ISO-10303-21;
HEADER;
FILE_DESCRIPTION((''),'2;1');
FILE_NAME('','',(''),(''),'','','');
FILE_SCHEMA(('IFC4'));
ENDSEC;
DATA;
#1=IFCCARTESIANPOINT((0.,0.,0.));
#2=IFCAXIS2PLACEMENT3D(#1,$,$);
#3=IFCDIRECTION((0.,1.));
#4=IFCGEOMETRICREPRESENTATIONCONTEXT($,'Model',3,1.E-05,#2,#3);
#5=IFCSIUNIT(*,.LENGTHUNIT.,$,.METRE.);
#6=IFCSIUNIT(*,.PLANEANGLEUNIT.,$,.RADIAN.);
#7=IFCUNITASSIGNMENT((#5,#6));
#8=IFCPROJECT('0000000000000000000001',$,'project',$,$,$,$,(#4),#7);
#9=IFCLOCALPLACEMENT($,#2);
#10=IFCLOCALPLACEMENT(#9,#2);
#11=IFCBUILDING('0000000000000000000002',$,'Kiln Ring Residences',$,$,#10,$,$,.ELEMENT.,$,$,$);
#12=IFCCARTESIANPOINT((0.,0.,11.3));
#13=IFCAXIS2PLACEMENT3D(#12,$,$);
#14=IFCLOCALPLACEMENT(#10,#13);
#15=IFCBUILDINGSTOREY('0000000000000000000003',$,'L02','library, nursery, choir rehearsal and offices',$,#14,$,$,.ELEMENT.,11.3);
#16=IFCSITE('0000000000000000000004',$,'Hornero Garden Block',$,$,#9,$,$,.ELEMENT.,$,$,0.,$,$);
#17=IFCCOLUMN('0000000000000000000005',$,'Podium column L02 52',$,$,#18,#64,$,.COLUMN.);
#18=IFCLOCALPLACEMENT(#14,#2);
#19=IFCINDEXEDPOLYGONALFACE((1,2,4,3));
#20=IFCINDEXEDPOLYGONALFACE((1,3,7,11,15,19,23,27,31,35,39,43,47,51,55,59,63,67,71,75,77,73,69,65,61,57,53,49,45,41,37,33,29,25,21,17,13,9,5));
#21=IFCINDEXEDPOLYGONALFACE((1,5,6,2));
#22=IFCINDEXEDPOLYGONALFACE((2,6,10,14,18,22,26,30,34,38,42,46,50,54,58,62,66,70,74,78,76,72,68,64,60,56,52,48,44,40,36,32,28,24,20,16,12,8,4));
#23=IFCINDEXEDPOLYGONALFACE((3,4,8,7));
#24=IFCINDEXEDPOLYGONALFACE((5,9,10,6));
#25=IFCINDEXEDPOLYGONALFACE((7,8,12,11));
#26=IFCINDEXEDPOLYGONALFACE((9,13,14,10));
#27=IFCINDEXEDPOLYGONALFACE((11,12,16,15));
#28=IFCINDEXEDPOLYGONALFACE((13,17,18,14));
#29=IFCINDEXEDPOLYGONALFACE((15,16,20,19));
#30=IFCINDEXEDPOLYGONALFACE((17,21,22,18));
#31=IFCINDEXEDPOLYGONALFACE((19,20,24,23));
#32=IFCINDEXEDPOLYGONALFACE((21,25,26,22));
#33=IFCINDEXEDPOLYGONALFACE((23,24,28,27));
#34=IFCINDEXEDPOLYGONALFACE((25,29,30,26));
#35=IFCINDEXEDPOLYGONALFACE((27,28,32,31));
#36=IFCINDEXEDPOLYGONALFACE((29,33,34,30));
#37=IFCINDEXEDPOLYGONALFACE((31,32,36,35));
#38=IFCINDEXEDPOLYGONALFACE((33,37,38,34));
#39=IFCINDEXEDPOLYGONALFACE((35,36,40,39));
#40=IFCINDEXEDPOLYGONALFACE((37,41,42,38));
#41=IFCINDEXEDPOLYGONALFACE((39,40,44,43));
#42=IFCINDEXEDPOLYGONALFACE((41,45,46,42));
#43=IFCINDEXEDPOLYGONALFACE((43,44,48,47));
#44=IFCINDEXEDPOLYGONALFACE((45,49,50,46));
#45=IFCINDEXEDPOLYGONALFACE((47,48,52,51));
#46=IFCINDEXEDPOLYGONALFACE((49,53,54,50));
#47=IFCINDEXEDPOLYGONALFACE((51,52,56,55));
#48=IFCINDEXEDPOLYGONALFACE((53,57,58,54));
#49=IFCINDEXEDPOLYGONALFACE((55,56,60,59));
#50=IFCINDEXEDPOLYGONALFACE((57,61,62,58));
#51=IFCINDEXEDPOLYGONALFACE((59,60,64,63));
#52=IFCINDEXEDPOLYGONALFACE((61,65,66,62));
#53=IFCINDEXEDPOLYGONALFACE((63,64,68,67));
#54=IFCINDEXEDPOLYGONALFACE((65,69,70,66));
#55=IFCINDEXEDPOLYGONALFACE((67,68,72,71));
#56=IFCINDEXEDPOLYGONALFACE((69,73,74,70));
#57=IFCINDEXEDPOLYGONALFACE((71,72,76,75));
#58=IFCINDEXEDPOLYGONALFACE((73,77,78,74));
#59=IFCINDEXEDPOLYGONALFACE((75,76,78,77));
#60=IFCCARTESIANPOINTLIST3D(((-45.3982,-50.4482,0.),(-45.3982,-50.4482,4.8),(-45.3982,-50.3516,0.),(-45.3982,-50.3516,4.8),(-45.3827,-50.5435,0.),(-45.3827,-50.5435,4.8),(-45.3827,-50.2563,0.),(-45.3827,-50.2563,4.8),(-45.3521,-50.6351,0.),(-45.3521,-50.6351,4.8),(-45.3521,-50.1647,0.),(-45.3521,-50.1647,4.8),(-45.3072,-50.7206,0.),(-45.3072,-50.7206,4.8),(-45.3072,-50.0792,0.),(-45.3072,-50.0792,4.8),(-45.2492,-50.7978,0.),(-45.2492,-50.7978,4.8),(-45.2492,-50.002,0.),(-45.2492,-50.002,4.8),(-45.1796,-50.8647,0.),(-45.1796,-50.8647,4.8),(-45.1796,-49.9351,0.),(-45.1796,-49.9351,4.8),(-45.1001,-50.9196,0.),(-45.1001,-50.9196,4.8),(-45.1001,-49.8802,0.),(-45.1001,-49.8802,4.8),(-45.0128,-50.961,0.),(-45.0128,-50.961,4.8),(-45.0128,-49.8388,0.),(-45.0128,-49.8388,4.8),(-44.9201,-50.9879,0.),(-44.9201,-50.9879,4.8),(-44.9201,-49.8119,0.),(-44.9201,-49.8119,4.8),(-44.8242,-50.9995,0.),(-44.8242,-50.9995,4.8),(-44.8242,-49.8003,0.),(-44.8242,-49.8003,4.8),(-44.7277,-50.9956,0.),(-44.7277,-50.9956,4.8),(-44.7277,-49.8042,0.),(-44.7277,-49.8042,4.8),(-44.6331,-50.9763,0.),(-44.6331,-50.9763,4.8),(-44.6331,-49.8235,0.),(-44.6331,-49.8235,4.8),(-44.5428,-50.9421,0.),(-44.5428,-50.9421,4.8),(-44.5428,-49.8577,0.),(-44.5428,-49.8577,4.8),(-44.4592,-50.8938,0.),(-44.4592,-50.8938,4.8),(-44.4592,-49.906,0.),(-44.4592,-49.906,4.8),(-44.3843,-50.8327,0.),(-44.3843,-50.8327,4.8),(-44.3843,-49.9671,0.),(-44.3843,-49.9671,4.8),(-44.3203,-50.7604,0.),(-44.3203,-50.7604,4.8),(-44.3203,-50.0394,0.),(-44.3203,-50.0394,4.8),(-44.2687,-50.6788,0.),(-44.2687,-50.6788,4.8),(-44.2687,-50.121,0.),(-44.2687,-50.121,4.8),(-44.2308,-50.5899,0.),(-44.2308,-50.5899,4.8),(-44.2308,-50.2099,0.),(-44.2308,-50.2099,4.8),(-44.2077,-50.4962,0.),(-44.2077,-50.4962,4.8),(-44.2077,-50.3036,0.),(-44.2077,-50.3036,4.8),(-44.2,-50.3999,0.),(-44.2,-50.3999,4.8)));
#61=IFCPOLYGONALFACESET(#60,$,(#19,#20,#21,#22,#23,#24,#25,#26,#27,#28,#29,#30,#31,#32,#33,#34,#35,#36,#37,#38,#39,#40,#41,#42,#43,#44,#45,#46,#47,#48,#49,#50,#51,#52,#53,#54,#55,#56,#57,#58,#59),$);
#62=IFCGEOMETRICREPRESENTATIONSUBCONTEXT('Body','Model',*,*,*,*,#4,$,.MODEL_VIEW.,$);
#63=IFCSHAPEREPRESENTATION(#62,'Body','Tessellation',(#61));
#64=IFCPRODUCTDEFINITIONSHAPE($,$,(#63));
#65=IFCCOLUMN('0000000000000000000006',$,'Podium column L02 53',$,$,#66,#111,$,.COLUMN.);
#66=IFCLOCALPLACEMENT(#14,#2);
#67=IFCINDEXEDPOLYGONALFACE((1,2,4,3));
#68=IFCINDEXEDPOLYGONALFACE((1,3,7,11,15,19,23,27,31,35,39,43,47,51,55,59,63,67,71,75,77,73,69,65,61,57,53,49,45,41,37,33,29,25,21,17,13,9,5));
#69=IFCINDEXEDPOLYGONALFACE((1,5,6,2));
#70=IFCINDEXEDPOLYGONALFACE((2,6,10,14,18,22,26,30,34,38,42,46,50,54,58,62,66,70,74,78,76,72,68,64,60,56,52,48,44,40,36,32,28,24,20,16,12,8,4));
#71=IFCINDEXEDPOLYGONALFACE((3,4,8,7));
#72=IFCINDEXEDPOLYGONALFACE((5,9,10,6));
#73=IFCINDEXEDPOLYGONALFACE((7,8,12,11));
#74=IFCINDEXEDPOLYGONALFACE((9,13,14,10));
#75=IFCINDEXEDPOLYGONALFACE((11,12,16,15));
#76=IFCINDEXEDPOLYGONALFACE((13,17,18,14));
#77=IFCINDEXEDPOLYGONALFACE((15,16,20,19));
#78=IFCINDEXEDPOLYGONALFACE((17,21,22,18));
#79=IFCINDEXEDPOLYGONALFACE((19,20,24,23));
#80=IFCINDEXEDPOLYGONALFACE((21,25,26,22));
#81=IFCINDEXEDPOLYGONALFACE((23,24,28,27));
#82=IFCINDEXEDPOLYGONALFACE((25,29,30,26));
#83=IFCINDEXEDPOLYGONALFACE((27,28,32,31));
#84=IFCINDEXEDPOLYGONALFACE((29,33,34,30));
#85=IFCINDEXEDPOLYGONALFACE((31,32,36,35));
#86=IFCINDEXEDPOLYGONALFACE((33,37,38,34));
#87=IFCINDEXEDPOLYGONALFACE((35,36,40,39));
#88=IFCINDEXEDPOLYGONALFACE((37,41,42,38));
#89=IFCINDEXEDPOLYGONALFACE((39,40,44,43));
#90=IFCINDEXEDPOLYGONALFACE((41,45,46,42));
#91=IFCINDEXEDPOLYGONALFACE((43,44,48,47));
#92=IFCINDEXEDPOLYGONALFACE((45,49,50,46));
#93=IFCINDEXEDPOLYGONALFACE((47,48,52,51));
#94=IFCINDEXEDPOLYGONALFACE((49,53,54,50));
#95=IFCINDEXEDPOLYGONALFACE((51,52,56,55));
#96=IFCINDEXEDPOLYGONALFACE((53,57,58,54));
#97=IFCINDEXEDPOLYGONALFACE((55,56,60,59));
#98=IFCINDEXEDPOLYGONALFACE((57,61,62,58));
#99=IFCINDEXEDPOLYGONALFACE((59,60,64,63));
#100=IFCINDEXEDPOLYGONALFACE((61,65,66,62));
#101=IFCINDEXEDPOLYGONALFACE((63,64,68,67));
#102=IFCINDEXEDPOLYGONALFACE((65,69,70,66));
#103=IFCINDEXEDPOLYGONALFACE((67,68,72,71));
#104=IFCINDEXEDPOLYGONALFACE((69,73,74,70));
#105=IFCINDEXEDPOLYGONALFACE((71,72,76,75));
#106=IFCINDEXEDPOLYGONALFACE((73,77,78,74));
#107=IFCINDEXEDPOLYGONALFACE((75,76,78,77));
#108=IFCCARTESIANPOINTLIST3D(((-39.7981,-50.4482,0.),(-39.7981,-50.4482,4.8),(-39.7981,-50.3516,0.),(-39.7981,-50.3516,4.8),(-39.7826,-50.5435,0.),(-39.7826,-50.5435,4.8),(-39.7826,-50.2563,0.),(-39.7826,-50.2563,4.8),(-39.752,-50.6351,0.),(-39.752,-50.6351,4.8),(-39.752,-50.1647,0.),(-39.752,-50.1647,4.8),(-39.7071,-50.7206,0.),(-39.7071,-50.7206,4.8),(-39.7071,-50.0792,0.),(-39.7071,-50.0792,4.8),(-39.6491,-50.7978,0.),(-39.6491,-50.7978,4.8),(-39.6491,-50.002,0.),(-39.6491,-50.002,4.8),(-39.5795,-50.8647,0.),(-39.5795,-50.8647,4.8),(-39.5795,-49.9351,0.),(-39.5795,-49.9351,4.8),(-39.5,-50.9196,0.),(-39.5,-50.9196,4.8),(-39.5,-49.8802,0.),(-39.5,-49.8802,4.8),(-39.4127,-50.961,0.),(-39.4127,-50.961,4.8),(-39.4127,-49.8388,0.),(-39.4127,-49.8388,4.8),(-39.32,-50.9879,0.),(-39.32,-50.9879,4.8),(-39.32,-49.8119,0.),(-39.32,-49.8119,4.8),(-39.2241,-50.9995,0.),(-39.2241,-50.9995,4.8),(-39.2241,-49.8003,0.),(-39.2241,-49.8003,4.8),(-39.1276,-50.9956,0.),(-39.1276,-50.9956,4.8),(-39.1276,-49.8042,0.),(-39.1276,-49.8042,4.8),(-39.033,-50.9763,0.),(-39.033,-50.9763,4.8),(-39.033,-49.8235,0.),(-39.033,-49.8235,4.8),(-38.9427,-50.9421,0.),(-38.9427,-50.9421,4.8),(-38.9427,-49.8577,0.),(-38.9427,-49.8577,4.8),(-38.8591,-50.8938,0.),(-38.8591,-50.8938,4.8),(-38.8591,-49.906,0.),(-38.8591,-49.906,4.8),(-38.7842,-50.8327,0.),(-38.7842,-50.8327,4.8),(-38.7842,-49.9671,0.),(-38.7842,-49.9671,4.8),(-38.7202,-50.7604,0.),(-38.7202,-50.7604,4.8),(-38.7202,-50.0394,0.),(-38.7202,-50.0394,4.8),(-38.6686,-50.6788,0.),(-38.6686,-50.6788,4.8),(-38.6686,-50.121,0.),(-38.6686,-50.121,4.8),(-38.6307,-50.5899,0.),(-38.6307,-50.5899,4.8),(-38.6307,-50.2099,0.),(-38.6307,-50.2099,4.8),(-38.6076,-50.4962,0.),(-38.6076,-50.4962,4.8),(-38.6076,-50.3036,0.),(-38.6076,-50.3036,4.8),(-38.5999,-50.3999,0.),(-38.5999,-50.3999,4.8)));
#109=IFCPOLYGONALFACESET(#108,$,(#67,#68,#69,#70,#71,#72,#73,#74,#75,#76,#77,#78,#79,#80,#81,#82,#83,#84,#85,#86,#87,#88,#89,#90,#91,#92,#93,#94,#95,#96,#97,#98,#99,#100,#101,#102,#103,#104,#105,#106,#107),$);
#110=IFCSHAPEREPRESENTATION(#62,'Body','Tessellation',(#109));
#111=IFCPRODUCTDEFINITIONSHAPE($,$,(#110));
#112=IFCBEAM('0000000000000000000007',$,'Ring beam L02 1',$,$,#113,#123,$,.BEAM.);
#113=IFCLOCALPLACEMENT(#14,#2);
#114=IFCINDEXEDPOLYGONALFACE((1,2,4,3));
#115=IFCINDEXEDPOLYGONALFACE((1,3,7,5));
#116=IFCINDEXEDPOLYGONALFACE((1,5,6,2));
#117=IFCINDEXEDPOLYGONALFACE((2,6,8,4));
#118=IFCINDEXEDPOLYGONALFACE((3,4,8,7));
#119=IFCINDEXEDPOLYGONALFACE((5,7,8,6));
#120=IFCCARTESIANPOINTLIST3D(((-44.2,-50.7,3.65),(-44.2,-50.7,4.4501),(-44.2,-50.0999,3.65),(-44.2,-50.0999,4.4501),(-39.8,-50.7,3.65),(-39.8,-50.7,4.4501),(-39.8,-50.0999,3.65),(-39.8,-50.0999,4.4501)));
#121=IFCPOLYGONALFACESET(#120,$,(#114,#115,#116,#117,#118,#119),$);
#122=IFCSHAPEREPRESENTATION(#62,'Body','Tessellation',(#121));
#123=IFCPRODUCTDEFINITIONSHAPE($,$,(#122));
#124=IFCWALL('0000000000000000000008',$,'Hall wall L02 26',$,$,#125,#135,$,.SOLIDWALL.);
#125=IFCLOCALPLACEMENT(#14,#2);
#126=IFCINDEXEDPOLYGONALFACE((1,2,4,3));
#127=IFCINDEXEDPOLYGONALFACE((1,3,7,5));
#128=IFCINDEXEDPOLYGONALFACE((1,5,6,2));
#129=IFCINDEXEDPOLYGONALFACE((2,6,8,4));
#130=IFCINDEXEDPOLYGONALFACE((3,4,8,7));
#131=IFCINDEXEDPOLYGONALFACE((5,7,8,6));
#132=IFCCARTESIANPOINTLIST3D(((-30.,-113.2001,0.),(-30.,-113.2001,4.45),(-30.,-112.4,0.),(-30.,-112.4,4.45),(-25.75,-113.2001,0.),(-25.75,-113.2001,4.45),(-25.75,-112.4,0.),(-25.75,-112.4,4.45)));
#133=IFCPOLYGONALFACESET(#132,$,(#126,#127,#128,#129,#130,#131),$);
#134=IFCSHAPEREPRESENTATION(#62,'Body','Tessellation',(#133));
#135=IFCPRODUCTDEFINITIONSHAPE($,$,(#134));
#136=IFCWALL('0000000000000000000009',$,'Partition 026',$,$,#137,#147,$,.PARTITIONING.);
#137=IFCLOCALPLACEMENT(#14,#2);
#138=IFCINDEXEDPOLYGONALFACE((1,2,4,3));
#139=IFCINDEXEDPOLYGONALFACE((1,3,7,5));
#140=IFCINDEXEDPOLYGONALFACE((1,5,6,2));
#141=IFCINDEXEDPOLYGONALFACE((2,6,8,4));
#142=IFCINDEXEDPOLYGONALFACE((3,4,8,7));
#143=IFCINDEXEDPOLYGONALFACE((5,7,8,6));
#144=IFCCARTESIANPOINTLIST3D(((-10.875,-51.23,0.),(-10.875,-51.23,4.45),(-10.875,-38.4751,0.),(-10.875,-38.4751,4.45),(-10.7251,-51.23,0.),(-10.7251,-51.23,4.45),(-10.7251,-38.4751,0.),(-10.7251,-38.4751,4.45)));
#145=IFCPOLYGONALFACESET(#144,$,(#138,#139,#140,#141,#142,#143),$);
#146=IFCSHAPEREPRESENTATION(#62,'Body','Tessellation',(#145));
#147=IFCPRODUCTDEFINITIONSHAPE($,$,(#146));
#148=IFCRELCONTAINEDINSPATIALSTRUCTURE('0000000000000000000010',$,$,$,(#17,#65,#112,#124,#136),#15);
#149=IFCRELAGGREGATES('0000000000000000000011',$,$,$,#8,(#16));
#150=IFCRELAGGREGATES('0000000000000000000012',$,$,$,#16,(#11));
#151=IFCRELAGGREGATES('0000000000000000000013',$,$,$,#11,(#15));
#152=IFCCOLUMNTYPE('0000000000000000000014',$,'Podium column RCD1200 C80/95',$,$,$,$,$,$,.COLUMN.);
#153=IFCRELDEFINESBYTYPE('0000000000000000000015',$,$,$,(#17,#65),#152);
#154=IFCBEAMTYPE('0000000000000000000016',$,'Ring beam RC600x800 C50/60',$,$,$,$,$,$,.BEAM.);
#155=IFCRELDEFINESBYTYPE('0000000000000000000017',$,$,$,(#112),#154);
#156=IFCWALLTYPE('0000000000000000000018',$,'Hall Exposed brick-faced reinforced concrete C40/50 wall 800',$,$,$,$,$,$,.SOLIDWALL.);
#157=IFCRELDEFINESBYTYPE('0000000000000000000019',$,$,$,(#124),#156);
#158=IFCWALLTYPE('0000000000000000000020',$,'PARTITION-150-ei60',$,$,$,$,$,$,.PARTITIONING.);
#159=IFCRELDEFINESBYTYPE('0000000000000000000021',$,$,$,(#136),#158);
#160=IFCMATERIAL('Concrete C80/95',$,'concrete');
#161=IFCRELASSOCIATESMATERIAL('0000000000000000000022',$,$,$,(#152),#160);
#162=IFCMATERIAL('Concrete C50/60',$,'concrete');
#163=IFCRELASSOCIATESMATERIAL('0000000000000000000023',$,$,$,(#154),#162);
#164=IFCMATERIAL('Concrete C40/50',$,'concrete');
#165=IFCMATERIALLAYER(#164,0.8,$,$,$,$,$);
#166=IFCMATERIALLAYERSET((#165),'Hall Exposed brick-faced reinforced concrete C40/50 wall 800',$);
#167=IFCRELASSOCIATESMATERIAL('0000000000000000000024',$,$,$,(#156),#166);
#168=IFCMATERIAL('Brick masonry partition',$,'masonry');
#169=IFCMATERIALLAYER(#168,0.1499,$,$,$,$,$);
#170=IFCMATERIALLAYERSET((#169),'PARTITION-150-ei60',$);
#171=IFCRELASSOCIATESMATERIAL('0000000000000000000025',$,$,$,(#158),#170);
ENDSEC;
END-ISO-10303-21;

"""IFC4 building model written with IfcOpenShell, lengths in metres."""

from ifc_helpers import new_model, si_unit, direction, frame, frame_2d, origin, origin_2d, place, context, subcontext, project, spatial, rectangle, circle, extrude, material, layer, layer_set, material_profile, profile_set, type_object, element, save


model = new_model("IFC4")

# Units and contexts
model_context = context("Model", 3, precision=1e-05, world=origin(), true_north=direction((0.0, 1.0)))
body_context = subcontext(model_context, "Body", "Model", "MODEL_VIEW")
ifc_project = project(units=[si_unit("LENGTHUNIT", "METRE"), si_unit("PLANEANGLEUNIT", "RADIAN")], contexts=[model_context])

# Site, building, storey
site_placement = place(None, origin())
site = spatial("IfcSite", under=ifc_project, at=site_placement, Name="Hornero Garden Block", CompositionType="ELEMENT", RefElevation=0.0)
building_placement = place(site_placement, origin())
building = spatial("IfcBuilding", under=site, at=building_placement, Name="Kiln Ring Residences", CompositionType="ELEMENT")
storey_placement = place(building_placement, frame((0.0, 0.0, 11.3)))
storey = spatial("IfcBuildingStorey", under=building, at=storey_placement, Name="L02", Description="library, nursery, choir rehearsal and offices", CompositionType="ELEMENT", Elevation=11.3)

# Columns
ifc_material_1 = material(Name="Concrete C80/95", Category="concrete")
ifc_material_profile_1 = material_profile(ifc_material_1, circle(Radius=0.6001, at=origin_2d()), Name="RCD1200")
ifc_profile_set_1 = profile_set([ifc_material_profile_1], Name="Concrete C80/95")
column_type = type_object("IfcColumnType", Name="Podium column RCD1200 C80/95", PredefinedType="COLUMN", material=ifc_profile_set_1)
for number, where, z_axis, x_axis, name in (
    (1, (-44.8, -50.3999, 0.0), (0.0, 0.0, 1.0), (1.0, 0.0, 0.0), "Podium column L02 52"),
    (2, (-39.2, -50.3999, 0.0), (0.0, 0.0, 1.0), (1.0, 0.0, 0.0), "Podium column L02 53"),
):
    element("IfcColumn", number, at=place(storey_placement, frame(where, z_axis=z_axis, x_axis=x_axis)), inside=storey, type_object=column_type, Name=name, PredefinedType="COLUMN", context=body_context, shape_type="SweptSolid", body=[
        extrude(circle(Radius=0.6001, at=origin_2d()), origin(), (0.0, 0.0, 1.0), 4.8),
    ])

# Beam
ifc_material_2 = material(Name="Concrete C50/60", Category="concrete")
ifc_material_profile_2 = material_profile(ifc_material_2, rectangle(XDim=0.6001, YDim=0.8, at=origin_2d()), Name="RC600x800")
ifc_profile_set_2 = profile_set([ifc_material_profile_2], Name="Concrete C50/60")
beam_type = type_object("IfcBeamType", Name="Ring beam RC600x800 C50/60", PredefinedType="BEAM", material=ifc_profile_set_2)
beam_placement = place(storey_placement, frame((-44.2, -50.3999, 4.05), z_axis=(1.0, 0.0, 0.0), x_axis=(0.0, 1.0, 0.0)))
element("IfcBeam", 3, at=beam_placement, inside=storey, type_object=beam_type, Name="Ring beam L02 1", PredefinedType="BEAM", context=body_context, shape_type="SweptSolid", body=[
    extrude(rectangle(XDim=0.6001, YDim=0.8, at=origin_2d()), origin(), (0.0, 0.0, 1.0), 4.3999),
])

# Wall
ifc_material_3 = material(Name="Concrete C40/50", Category="concrete")
ifc_layer_1 = layer(ifc_material_3, 0.8)
ifc_layer_set_1 = layer_set([ifc_layer_1], Name="Hall Exposed brick-faced reinforced concrete C40/50 wall 800")
wall_type_1 = type_object("IfcWallType", Name="Hall Exposed brick-faced reinforced concrete C40/50 wall 800", PredefinedType="SOLIDWALL", material=ifc_layer_set_1)
wall_1_placement = place(storey_placement, frame((-30.0, -112.8, 0.0), z_axis=(0.0, 0.0, 1.0), x_axis=(1.0, 0.0, 0.0)))
element("IfcWall", 4, at=wall_1_placement, inside=storey, type_object=wall_type_1, Name="Hall wall L02 26", PredefinedType="SOLIDWALL", context=body_context, shape_type="SweptSolid", body=[
    extrude(rectangle(XDim=4.25, YDim=0.8, at=frame_2d((2.125, 0.0))), origin(), (0.0, 0.0, 1.0), 4.45),
])

# Wall
ifc_material_4 = material(Name="Brick masonry partition", Category="masonry")
ifc_layer_2 = layer(ifc_material_4, 0.1499)
ifc_layer_set_2 = layer_set([ifc_layer_2], Name="PARTITION-150-ei60")
wall_type_2 = type_object("IfcWallType", Name="PARTITION-150-ei60", PredefinedType="PARTITIONING", material=ifc_layer_set_2)
wall_2_placement = place(storey_placement, frame((-10.8, -51.23, 0.0), z_axis=(0.0, 0.0, 1.0), x_axis=(0.0, 1.0, 0.0)))
element("IfcWall", 5, at=wall_2_placement, inside=storey, type_object=wall_type_2, Name="Partition 026", PredefinedType="PARTITIONING", context=body_context, shape_type="SweptSolid", body=[
    extrude(rectangle(XDim=12.7549, YDim=0.1499, at=frame_2d((6.3774, 0.0))), origin(), (0.0, 0.0, 1.0), 4.45),
])

save(model, "model.ifc")
